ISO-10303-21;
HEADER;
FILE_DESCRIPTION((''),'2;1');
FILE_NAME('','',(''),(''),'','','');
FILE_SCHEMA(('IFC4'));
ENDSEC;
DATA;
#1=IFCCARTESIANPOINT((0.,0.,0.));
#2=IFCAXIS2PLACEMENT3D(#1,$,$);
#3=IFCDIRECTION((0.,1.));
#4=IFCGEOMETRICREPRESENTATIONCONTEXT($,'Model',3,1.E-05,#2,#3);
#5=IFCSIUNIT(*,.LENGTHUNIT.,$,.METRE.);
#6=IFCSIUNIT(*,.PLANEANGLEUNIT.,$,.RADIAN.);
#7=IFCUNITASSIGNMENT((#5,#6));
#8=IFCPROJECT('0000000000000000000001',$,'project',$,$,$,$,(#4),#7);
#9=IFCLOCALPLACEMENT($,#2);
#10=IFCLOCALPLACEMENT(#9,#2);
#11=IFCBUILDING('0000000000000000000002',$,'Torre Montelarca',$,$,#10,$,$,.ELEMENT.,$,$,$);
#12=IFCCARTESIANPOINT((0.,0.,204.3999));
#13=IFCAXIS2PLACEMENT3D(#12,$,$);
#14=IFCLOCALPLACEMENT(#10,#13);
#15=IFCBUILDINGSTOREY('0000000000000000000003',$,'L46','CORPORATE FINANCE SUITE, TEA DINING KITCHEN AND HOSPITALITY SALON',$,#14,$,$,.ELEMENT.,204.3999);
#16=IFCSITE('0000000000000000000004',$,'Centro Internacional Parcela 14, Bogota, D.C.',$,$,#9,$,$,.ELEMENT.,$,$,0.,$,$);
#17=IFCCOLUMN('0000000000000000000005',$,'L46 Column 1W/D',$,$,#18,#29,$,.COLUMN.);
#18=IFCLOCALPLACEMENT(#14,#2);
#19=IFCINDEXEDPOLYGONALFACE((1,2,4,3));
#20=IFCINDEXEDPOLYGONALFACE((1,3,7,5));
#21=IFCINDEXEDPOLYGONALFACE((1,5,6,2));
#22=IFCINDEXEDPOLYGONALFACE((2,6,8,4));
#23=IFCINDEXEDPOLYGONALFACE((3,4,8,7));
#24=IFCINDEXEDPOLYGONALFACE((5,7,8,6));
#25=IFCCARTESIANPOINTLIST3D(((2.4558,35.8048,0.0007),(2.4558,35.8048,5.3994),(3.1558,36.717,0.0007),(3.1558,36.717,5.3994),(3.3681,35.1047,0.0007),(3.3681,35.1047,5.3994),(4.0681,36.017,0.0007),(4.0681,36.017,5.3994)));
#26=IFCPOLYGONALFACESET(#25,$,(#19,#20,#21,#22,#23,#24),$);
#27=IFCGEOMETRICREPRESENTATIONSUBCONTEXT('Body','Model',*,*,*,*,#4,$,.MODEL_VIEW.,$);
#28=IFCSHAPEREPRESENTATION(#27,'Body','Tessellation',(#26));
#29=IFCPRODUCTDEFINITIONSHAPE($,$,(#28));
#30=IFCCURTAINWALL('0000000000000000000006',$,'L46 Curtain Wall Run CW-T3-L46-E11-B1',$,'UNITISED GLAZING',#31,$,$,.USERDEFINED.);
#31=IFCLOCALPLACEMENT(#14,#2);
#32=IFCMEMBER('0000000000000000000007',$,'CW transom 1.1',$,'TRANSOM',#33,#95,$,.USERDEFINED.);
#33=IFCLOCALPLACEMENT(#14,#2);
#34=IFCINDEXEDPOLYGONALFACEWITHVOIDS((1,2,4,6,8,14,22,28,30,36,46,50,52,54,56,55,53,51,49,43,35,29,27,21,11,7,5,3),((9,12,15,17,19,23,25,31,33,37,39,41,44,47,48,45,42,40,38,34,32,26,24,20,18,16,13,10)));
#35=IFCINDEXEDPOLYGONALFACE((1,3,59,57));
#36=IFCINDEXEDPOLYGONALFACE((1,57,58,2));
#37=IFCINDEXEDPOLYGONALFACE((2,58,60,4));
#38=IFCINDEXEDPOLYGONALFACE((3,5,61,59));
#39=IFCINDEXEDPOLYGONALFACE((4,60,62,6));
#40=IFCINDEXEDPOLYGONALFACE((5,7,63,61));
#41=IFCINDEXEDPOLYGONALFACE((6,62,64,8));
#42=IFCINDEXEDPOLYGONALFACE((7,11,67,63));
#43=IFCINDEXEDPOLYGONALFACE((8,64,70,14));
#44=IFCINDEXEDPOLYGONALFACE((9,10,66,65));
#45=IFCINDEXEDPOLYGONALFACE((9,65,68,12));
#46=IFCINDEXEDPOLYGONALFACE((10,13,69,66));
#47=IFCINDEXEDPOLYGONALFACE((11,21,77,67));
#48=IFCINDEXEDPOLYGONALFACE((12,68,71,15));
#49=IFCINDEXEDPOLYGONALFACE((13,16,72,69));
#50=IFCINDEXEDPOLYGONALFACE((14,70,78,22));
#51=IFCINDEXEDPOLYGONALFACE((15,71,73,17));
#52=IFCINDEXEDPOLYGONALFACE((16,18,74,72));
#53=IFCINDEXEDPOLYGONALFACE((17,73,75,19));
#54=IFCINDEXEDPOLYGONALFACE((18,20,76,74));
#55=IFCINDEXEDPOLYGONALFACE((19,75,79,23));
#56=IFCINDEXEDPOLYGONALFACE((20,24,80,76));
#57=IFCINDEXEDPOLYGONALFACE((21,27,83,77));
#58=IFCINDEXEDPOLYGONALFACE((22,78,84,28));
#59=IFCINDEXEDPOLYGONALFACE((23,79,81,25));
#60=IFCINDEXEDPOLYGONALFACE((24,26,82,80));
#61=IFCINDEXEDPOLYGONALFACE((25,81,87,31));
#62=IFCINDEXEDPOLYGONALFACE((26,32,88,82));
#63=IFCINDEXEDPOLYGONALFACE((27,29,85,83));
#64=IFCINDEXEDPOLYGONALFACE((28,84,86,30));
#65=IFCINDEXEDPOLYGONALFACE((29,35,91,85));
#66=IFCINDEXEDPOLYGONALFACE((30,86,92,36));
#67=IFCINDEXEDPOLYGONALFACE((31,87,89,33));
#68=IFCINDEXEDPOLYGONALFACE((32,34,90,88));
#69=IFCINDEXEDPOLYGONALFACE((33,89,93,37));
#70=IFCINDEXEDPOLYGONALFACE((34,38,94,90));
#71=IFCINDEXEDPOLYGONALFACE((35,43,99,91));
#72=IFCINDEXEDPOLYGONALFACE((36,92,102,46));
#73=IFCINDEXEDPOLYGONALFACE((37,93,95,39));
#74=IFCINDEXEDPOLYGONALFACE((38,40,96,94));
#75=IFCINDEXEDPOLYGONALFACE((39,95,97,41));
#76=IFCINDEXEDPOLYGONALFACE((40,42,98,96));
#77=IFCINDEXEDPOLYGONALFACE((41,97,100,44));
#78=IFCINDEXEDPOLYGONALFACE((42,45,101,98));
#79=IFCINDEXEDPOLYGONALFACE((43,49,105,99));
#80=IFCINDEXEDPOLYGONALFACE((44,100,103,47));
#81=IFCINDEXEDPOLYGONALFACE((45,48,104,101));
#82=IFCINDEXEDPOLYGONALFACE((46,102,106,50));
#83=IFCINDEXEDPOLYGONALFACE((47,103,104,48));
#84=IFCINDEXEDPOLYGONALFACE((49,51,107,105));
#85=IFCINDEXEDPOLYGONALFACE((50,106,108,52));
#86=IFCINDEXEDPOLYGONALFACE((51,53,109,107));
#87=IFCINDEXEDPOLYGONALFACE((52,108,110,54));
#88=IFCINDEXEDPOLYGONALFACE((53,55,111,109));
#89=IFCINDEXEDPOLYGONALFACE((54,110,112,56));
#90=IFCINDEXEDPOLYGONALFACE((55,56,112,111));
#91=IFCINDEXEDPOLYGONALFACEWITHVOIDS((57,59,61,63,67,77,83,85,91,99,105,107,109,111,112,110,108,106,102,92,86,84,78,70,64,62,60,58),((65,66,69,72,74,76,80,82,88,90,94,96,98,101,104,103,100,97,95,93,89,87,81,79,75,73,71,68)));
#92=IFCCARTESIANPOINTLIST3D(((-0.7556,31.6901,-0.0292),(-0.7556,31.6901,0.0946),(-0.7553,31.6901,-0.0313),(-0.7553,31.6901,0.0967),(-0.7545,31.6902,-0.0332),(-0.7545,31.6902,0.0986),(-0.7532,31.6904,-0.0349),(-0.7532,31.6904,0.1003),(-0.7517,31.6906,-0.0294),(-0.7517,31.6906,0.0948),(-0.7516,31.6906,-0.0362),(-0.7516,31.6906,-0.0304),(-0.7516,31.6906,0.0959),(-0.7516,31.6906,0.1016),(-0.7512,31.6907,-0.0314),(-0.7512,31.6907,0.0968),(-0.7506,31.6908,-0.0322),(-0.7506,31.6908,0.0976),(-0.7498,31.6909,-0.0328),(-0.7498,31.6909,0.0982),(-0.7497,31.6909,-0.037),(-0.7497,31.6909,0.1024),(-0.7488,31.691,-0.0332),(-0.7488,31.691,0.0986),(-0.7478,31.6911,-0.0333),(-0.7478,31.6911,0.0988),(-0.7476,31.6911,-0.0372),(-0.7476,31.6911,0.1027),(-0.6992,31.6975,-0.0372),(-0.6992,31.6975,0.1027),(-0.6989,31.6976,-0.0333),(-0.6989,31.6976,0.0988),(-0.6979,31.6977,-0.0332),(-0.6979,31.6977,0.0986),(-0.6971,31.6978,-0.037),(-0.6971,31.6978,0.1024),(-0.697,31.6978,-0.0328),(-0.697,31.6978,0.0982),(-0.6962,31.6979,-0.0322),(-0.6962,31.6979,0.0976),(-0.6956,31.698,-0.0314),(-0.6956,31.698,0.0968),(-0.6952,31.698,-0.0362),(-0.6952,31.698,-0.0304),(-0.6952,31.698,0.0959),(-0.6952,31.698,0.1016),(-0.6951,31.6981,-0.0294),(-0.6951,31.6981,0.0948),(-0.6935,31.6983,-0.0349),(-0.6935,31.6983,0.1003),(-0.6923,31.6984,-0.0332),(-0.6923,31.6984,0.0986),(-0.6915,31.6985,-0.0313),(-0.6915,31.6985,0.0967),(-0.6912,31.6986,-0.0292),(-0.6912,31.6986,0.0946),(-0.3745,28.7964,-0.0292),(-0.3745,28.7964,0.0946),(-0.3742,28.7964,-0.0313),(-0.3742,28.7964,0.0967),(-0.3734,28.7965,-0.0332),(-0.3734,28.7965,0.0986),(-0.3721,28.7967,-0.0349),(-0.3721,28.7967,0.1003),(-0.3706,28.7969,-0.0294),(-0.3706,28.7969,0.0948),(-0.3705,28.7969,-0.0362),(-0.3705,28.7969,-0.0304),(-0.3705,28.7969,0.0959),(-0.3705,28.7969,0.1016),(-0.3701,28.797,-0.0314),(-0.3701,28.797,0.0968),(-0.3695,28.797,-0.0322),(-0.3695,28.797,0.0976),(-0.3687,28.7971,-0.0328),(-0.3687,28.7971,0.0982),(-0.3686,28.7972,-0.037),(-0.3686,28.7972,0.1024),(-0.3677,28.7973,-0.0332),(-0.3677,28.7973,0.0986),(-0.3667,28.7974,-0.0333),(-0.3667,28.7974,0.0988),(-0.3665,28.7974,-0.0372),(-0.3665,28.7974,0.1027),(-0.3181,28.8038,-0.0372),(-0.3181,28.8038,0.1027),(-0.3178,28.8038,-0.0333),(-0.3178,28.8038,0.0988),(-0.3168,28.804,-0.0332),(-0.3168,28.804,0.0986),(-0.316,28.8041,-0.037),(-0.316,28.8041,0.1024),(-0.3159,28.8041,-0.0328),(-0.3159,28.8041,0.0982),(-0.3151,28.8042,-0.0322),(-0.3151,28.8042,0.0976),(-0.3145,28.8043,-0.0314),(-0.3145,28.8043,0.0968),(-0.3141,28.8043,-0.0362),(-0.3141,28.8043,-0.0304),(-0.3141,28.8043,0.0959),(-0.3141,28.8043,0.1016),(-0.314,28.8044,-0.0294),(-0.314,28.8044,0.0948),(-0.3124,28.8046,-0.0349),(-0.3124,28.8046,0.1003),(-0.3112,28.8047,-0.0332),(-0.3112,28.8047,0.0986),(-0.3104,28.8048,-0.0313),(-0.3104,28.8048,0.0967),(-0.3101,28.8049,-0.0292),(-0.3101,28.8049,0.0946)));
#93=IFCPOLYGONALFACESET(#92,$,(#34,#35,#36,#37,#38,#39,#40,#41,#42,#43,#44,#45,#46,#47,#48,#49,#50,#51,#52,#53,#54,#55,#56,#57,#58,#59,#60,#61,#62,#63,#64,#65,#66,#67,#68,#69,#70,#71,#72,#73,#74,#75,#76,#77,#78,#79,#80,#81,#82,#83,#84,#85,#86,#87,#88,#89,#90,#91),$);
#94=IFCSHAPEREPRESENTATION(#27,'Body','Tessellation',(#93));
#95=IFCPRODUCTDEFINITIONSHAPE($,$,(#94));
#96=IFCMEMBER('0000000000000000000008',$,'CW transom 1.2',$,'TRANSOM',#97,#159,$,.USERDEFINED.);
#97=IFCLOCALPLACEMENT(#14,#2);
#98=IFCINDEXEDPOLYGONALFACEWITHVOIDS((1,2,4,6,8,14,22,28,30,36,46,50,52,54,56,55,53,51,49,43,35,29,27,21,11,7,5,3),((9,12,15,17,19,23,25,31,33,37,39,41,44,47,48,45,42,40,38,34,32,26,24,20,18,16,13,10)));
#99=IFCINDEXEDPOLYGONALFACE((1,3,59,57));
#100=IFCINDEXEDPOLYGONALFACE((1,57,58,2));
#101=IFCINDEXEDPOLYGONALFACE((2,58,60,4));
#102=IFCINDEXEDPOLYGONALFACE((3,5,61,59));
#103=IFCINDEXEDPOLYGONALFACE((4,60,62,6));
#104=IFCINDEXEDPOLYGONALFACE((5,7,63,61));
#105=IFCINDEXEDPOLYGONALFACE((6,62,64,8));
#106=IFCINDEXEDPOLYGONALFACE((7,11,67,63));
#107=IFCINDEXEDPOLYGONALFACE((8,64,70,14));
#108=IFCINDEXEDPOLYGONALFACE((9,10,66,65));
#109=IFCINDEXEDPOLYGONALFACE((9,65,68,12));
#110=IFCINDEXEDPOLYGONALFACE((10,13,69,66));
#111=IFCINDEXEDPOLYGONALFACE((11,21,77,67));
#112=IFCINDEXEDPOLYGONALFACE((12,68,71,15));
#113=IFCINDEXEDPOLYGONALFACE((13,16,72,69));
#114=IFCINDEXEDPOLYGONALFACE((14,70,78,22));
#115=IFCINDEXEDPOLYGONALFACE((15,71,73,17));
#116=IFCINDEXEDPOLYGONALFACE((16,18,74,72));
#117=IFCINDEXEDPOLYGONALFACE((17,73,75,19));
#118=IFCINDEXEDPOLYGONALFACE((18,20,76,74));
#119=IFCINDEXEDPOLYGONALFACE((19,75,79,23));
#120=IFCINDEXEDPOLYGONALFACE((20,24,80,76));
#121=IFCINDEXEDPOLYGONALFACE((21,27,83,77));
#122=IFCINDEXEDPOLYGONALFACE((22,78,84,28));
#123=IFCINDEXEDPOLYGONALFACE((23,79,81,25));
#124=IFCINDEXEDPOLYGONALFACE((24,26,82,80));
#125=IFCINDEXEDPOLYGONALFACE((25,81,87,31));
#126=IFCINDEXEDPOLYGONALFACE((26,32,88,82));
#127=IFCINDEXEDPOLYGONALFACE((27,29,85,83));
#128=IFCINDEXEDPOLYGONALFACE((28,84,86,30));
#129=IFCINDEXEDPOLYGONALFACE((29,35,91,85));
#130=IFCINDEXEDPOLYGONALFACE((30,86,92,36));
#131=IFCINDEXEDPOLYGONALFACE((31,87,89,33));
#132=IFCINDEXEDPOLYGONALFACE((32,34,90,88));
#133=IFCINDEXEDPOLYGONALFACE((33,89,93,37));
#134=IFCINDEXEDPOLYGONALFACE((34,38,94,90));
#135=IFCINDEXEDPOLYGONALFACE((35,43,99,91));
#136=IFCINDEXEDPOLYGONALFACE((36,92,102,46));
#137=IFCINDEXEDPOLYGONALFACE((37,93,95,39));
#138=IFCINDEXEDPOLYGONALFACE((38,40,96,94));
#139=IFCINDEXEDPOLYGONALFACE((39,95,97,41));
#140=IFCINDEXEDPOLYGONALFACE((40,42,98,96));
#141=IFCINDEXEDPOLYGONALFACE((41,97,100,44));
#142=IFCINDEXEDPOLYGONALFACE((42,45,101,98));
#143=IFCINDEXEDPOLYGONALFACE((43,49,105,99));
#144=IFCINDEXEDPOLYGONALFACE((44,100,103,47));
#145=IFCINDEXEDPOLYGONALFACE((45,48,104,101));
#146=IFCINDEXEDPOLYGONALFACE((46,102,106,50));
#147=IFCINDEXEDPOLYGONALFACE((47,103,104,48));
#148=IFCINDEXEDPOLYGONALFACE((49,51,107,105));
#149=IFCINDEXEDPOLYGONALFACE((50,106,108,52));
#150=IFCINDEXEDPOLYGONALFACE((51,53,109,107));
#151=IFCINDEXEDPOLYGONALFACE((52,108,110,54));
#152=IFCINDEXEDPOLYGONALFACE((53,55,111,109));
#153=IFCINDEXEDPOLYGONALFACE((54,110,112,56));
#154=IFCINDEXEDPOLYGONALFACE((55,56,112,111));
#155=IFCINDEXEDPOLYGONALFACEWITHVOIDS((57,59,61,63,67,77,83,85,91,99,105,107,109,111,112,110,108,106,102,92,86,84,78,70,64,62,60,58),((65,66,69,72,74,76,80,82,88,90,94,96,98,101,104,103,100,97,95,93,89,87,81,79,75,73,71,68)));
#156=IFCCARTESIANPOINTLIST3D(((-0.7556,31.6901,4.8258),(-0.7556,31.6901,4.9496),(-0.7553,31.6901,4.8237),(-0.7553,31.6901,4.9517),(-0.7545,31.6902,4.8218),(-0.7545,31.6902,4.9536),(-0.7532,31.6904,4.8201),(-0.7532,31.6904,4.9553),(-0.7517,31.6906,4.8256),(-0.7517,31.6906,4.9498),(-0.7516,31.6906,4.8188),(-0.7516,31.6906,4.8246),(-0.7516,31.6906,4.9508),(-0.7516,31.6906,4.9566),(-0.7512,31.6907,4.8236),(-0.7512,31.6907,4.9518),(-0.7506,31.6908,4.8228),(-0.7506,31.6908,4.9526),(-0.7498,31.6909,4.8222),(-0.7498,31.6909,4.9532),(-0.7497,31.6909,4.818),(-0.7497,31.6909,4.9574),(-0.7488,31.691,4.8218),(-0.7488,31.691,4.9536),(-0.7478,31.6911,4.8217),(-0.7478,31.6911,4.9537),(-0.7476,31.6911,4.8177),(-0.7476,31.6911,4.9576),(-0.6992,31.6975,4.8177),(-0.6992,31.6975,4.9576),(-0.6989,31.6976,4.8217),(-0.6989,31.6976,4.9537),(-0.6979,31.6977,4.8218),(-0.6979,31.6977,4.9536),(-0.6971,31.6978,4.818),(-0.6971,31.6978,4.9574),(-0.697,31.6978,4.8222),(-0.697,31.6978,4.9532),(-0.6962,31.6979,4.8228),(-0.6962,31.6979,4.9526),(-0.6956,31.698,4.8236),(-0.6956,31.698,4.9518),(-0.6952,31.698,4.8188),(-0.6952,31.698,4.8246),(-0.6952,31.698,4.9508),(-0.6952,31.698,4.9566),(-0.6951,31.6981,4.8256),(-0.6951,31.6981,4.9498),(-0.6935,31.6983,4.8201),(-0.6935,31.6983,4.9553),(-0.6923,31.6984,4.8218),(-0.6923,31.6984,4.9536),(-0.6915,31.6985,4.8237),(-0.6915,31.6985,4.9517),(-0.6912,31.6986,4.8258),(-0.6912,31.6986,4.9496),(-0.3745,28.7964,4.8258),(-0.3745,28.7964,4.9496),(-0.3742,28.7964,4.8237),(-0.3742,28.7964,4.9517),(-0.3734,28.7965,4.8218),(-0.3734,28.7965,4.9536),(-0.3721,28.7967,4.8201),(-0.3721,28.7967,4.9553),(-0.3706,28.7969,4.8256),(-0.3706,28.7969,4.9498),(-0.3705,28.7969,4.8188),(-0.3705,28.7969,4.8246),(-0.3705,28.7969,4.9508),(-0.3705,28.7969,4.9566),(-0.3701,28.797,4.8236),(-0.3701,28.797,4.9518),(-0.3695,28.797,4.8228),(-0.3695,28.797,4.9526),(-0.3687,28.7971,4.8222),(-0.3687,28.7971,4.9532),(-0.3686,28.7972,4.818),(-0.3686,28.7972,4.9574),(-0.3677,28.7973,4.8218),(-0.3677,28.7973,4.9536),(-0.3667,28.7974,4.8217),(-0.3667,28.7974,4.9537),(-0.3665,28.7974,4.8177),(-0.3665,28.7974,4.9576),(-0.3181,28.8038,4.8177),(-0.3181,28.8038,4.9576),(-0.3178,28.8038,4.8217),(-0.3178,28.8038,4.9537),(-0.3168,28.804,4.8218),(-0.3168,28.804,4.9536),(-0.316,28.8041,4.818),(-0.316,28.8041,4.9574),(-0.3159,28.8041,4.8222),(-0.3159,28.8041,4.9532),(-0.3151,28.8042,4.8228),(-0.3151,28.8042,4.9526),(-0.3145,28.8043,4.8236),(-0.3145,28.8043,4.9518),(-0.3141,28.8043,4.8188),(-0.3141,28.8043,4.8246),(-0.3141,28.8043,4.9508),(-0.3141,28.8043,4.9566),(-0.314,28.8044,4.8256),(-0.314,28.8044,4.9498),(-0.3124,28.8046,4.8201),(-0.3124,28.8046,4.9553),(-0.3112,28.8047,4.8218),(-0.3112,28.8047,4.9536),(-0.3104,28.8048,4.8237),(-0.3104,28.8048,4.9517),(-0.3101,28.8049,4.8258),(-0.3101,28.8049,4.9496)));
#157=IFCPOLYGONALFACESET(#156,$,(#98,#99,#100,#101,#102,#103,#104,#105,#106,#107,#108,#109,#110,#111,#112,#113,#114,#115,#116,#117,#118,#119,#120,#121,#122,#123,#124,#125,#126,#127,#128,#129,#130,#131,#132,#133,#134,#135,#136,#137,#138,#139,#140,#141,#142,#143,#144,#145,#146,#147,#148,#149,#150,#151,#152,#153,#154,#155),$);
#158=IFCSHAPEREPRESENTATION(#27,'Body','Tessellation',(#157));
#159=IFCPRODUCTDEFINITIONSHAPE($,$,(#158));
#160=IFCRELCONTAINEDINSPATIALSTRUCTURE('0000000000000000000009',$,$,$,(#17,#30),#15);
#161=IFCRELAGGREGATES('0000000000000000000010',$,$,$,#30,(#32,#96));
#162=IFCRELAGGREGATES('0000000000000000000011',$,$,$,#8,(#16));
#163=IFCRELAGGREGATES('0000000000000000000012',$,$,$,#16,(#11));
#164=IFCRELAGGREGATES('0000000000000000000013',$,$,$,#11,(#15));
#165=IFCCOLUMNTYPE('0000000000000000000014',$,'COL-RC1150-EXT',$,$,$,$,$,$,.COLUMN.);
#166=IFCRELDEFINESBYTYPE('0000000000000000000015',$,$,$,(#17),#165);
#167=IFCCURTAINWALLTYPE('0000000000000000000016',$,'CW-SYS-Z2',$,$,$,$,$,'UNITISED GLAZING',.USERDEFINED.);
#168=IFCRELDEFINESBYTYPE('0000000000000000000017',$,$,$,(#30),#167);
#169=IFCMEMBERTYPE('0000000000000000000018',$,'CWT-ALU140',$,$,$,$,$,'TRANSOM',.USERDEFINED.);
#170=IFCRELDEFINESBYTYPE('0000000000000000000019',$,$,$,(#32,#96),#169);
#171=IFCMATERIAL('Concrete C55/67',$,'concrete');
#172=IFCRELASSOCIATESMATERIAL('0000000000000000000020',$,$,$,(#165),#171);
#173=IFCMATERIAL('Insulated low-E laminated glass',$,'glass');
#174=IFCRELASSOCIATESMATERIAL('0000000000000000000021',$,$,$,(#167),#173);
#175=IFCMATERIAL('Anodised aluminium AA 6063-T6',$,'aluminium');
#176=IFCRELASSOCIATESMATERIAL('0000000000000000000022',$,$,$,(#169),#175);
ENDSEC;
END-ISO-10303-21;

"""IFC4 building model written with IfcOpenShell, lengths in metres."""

from ifc_helpers import new_model, si_unit, direction, frame, origin, origin_2d, place, context, subcontext, project, spatial, rectangle, hollow_rectangle, extrude, source, transform, mapped, material, material_profile, profile_set, type_object, element, aggregate, save


model = new_model("IFC4")

# Units and contexts
model_context = context("Model", 3, precision=1e-05, world=origin(), true_north=direction((0.0, 1.0)))
body_context = subcontext(model_context, "Body", "Model", "MODEL_VIEW")
ifc_project = project(units=[si_unit("LENGTHUNIT", "METRE"), si_unit("PLANEANGLEUNIT", "RADIAN")], contexts=[model_context])

# Site, building, storey
site_placement = place(None, origin())
site = spatial("IfcSite", under=ifc_project, at=site_placement, Name="Centro Internacional Parcela 14, Bogota, D.C.", CompositionType="ELEMENT", RefElevation=0.0)
building_placement = place(site_placement, origin())
building = spatial("IfcBuilding", under=site, at=building_placement, Name="Torre Montelarca", CompositionType="ELEMENT")
storey_placement = place(building_placement, frame((0.0, 0.0, 204.3999)))
storey = spatial("IfcBuildingStorey", under=building, at=storey_placement, Name="L46", Description="CORPORATE FINANCE SUITE, TEA DINING KITCHEN AND HOSPITALITY SALON", CompositionType="ELEMENT", Elevation=204.3999)

# Column
ifc_material_1 = material(Name="Concrete C55/67", Category="concrete")
ifc_material_profile_1 = material_profile(ifc_material_1, rectangle(XDim=1.1499, YDim=1.1499, at=origin_2d()), Name="RC1150X1150", Category="concrete")
ifc_profile_set_1 = profile_set([ifc_material_profile_1], Name="Concrete C55/67")
column_type = type_object("IfcColumnType", Name="COL-RC1150-EXT", PredefinedType="COLUMN", material=ifc_profile_set_1)
shared_shape_1 = source(origin(), body_context, "Body", "SweptSolid", [
    extrude(rectangle(XDim=1.1499, YDim=1.1499, at=origin_2d()), origin(), (0.0, 0.0, 1.0), 5.3987),
])
column_placement = place(storey_placement, frame((3.262, 35.9109, 0.0007), z_axis=(0.0, 0.0, 1.0), x_axis=(-0.793353, 0.608761, 0.0)))
element("IfcColumn", 1, at=column_placement, inside=storey, type_object=column_type, Name="L46 Column 1W/D", PredefinedType="COLUMN", context=body_context, shape_type="MappedRepresentation", body=[
    mapped(shared_shape_1, transform((0.0, 0.0, 0.0), scale=1.0)),
])

# Curtain wall, members
ifc_material_2 = material(Name="Insulated low-E laminated glass", Category="glass")
curtain_wall_type = type_object("IfcCurtainWallType", Name="CW-SYS-Z2", ElementType="UNITISED GLAZING", PredefinedType="USERDEFINED", material=ifc_material_2)
curtain_wall_1_placement = place(storey_placement, origin())
curtain_wall_1 = element("IfcCurtainWall", 2, at=curtain_wall_1_placement, inside=storey, type_object=curtain_wall_type, Name="L46 Curtain Wall Run CW-T3-L46-E11-B1", ObjectType="UNITISED GLAZING", PredefinedType="USERDEFINED")
ifc_material_3 = material(Name="Anodised aluminium AA 6063-T6", Category="aluminium")
ifc_material_profile_2 = material_profile(ifc_material_3, hollow_rectangle(XDim=0.0649, YDim=0.1399, WallThickness=0.0039, InnerFilletRadius=0.0039, OuterFilletRadius=0.0081, at=origin_2d()), Name="ALU65X140X4", Category="aluminium")
ifc_profile_set_2 = profile_set([ifc_material_profile_2], Name="Anodised aluminium AA 6063-T6")
member_type_1 = type_object("IfcMemberType", Name="CWT-ALU140", ElementType="TRANSOM", PredefinedType="USERDEFINED", material=ifc_profile_set_2)
shared_shape_2 = source(origin(), body_context, "Body", "SweptSolid", [
    extrude(hollow_rectangle(XDim=0.0649, YDim=0.1399, WallThickness=0.0039, InnerFilletRadius=0.0039, OuterFilletRadius=0.0081, at=origin_2d()), origin(), (0.0, 0.0, 1.0), 2.9187),
])
member_1_placement = place(storey_placement, frame((-0.7234, 31.6943, 0.0327), z_axis=(0.130569, -0.991439, 0.0), x_axis=(0.991439, 0.130569, 0.0)))
member_1 = element("IfcMember", 3, at=member_1_placement, type_object=member_type_1, Name="CW transom 1.1", ObjectType="TRANSOM", PredefinedType="USERDEFINED", context=body_context, shape_type="MappedRepresentation", body=[
    mapped(shared_shape_2, transform((0.0, 0.0, 0.0), scale=1.0)),
])
member_2_placement = place(storey_placement, frame((-0.7234, 31.6943, 4.8877), z_axis=(0.130569, -0.991439, 0.0), x_axis=(0.991439, 0.130569, 0.0)))
member_2 = element("IfcMember", 4, at=member_2_placement, type_object=member_type_1, Name="CW transom 1.2", ObjectType="TRANSOM", PredefinedType="USERDEFINED", context=body_context, shape_type="MappedRepresentation", body=[
    mapped(shared_shape_2, transform((0.0, 0.0, 0.0), scale=1.0)),
])

aggregate(curtain_wall_1, [member_1, member_2])

save(model, "model.ifc")
